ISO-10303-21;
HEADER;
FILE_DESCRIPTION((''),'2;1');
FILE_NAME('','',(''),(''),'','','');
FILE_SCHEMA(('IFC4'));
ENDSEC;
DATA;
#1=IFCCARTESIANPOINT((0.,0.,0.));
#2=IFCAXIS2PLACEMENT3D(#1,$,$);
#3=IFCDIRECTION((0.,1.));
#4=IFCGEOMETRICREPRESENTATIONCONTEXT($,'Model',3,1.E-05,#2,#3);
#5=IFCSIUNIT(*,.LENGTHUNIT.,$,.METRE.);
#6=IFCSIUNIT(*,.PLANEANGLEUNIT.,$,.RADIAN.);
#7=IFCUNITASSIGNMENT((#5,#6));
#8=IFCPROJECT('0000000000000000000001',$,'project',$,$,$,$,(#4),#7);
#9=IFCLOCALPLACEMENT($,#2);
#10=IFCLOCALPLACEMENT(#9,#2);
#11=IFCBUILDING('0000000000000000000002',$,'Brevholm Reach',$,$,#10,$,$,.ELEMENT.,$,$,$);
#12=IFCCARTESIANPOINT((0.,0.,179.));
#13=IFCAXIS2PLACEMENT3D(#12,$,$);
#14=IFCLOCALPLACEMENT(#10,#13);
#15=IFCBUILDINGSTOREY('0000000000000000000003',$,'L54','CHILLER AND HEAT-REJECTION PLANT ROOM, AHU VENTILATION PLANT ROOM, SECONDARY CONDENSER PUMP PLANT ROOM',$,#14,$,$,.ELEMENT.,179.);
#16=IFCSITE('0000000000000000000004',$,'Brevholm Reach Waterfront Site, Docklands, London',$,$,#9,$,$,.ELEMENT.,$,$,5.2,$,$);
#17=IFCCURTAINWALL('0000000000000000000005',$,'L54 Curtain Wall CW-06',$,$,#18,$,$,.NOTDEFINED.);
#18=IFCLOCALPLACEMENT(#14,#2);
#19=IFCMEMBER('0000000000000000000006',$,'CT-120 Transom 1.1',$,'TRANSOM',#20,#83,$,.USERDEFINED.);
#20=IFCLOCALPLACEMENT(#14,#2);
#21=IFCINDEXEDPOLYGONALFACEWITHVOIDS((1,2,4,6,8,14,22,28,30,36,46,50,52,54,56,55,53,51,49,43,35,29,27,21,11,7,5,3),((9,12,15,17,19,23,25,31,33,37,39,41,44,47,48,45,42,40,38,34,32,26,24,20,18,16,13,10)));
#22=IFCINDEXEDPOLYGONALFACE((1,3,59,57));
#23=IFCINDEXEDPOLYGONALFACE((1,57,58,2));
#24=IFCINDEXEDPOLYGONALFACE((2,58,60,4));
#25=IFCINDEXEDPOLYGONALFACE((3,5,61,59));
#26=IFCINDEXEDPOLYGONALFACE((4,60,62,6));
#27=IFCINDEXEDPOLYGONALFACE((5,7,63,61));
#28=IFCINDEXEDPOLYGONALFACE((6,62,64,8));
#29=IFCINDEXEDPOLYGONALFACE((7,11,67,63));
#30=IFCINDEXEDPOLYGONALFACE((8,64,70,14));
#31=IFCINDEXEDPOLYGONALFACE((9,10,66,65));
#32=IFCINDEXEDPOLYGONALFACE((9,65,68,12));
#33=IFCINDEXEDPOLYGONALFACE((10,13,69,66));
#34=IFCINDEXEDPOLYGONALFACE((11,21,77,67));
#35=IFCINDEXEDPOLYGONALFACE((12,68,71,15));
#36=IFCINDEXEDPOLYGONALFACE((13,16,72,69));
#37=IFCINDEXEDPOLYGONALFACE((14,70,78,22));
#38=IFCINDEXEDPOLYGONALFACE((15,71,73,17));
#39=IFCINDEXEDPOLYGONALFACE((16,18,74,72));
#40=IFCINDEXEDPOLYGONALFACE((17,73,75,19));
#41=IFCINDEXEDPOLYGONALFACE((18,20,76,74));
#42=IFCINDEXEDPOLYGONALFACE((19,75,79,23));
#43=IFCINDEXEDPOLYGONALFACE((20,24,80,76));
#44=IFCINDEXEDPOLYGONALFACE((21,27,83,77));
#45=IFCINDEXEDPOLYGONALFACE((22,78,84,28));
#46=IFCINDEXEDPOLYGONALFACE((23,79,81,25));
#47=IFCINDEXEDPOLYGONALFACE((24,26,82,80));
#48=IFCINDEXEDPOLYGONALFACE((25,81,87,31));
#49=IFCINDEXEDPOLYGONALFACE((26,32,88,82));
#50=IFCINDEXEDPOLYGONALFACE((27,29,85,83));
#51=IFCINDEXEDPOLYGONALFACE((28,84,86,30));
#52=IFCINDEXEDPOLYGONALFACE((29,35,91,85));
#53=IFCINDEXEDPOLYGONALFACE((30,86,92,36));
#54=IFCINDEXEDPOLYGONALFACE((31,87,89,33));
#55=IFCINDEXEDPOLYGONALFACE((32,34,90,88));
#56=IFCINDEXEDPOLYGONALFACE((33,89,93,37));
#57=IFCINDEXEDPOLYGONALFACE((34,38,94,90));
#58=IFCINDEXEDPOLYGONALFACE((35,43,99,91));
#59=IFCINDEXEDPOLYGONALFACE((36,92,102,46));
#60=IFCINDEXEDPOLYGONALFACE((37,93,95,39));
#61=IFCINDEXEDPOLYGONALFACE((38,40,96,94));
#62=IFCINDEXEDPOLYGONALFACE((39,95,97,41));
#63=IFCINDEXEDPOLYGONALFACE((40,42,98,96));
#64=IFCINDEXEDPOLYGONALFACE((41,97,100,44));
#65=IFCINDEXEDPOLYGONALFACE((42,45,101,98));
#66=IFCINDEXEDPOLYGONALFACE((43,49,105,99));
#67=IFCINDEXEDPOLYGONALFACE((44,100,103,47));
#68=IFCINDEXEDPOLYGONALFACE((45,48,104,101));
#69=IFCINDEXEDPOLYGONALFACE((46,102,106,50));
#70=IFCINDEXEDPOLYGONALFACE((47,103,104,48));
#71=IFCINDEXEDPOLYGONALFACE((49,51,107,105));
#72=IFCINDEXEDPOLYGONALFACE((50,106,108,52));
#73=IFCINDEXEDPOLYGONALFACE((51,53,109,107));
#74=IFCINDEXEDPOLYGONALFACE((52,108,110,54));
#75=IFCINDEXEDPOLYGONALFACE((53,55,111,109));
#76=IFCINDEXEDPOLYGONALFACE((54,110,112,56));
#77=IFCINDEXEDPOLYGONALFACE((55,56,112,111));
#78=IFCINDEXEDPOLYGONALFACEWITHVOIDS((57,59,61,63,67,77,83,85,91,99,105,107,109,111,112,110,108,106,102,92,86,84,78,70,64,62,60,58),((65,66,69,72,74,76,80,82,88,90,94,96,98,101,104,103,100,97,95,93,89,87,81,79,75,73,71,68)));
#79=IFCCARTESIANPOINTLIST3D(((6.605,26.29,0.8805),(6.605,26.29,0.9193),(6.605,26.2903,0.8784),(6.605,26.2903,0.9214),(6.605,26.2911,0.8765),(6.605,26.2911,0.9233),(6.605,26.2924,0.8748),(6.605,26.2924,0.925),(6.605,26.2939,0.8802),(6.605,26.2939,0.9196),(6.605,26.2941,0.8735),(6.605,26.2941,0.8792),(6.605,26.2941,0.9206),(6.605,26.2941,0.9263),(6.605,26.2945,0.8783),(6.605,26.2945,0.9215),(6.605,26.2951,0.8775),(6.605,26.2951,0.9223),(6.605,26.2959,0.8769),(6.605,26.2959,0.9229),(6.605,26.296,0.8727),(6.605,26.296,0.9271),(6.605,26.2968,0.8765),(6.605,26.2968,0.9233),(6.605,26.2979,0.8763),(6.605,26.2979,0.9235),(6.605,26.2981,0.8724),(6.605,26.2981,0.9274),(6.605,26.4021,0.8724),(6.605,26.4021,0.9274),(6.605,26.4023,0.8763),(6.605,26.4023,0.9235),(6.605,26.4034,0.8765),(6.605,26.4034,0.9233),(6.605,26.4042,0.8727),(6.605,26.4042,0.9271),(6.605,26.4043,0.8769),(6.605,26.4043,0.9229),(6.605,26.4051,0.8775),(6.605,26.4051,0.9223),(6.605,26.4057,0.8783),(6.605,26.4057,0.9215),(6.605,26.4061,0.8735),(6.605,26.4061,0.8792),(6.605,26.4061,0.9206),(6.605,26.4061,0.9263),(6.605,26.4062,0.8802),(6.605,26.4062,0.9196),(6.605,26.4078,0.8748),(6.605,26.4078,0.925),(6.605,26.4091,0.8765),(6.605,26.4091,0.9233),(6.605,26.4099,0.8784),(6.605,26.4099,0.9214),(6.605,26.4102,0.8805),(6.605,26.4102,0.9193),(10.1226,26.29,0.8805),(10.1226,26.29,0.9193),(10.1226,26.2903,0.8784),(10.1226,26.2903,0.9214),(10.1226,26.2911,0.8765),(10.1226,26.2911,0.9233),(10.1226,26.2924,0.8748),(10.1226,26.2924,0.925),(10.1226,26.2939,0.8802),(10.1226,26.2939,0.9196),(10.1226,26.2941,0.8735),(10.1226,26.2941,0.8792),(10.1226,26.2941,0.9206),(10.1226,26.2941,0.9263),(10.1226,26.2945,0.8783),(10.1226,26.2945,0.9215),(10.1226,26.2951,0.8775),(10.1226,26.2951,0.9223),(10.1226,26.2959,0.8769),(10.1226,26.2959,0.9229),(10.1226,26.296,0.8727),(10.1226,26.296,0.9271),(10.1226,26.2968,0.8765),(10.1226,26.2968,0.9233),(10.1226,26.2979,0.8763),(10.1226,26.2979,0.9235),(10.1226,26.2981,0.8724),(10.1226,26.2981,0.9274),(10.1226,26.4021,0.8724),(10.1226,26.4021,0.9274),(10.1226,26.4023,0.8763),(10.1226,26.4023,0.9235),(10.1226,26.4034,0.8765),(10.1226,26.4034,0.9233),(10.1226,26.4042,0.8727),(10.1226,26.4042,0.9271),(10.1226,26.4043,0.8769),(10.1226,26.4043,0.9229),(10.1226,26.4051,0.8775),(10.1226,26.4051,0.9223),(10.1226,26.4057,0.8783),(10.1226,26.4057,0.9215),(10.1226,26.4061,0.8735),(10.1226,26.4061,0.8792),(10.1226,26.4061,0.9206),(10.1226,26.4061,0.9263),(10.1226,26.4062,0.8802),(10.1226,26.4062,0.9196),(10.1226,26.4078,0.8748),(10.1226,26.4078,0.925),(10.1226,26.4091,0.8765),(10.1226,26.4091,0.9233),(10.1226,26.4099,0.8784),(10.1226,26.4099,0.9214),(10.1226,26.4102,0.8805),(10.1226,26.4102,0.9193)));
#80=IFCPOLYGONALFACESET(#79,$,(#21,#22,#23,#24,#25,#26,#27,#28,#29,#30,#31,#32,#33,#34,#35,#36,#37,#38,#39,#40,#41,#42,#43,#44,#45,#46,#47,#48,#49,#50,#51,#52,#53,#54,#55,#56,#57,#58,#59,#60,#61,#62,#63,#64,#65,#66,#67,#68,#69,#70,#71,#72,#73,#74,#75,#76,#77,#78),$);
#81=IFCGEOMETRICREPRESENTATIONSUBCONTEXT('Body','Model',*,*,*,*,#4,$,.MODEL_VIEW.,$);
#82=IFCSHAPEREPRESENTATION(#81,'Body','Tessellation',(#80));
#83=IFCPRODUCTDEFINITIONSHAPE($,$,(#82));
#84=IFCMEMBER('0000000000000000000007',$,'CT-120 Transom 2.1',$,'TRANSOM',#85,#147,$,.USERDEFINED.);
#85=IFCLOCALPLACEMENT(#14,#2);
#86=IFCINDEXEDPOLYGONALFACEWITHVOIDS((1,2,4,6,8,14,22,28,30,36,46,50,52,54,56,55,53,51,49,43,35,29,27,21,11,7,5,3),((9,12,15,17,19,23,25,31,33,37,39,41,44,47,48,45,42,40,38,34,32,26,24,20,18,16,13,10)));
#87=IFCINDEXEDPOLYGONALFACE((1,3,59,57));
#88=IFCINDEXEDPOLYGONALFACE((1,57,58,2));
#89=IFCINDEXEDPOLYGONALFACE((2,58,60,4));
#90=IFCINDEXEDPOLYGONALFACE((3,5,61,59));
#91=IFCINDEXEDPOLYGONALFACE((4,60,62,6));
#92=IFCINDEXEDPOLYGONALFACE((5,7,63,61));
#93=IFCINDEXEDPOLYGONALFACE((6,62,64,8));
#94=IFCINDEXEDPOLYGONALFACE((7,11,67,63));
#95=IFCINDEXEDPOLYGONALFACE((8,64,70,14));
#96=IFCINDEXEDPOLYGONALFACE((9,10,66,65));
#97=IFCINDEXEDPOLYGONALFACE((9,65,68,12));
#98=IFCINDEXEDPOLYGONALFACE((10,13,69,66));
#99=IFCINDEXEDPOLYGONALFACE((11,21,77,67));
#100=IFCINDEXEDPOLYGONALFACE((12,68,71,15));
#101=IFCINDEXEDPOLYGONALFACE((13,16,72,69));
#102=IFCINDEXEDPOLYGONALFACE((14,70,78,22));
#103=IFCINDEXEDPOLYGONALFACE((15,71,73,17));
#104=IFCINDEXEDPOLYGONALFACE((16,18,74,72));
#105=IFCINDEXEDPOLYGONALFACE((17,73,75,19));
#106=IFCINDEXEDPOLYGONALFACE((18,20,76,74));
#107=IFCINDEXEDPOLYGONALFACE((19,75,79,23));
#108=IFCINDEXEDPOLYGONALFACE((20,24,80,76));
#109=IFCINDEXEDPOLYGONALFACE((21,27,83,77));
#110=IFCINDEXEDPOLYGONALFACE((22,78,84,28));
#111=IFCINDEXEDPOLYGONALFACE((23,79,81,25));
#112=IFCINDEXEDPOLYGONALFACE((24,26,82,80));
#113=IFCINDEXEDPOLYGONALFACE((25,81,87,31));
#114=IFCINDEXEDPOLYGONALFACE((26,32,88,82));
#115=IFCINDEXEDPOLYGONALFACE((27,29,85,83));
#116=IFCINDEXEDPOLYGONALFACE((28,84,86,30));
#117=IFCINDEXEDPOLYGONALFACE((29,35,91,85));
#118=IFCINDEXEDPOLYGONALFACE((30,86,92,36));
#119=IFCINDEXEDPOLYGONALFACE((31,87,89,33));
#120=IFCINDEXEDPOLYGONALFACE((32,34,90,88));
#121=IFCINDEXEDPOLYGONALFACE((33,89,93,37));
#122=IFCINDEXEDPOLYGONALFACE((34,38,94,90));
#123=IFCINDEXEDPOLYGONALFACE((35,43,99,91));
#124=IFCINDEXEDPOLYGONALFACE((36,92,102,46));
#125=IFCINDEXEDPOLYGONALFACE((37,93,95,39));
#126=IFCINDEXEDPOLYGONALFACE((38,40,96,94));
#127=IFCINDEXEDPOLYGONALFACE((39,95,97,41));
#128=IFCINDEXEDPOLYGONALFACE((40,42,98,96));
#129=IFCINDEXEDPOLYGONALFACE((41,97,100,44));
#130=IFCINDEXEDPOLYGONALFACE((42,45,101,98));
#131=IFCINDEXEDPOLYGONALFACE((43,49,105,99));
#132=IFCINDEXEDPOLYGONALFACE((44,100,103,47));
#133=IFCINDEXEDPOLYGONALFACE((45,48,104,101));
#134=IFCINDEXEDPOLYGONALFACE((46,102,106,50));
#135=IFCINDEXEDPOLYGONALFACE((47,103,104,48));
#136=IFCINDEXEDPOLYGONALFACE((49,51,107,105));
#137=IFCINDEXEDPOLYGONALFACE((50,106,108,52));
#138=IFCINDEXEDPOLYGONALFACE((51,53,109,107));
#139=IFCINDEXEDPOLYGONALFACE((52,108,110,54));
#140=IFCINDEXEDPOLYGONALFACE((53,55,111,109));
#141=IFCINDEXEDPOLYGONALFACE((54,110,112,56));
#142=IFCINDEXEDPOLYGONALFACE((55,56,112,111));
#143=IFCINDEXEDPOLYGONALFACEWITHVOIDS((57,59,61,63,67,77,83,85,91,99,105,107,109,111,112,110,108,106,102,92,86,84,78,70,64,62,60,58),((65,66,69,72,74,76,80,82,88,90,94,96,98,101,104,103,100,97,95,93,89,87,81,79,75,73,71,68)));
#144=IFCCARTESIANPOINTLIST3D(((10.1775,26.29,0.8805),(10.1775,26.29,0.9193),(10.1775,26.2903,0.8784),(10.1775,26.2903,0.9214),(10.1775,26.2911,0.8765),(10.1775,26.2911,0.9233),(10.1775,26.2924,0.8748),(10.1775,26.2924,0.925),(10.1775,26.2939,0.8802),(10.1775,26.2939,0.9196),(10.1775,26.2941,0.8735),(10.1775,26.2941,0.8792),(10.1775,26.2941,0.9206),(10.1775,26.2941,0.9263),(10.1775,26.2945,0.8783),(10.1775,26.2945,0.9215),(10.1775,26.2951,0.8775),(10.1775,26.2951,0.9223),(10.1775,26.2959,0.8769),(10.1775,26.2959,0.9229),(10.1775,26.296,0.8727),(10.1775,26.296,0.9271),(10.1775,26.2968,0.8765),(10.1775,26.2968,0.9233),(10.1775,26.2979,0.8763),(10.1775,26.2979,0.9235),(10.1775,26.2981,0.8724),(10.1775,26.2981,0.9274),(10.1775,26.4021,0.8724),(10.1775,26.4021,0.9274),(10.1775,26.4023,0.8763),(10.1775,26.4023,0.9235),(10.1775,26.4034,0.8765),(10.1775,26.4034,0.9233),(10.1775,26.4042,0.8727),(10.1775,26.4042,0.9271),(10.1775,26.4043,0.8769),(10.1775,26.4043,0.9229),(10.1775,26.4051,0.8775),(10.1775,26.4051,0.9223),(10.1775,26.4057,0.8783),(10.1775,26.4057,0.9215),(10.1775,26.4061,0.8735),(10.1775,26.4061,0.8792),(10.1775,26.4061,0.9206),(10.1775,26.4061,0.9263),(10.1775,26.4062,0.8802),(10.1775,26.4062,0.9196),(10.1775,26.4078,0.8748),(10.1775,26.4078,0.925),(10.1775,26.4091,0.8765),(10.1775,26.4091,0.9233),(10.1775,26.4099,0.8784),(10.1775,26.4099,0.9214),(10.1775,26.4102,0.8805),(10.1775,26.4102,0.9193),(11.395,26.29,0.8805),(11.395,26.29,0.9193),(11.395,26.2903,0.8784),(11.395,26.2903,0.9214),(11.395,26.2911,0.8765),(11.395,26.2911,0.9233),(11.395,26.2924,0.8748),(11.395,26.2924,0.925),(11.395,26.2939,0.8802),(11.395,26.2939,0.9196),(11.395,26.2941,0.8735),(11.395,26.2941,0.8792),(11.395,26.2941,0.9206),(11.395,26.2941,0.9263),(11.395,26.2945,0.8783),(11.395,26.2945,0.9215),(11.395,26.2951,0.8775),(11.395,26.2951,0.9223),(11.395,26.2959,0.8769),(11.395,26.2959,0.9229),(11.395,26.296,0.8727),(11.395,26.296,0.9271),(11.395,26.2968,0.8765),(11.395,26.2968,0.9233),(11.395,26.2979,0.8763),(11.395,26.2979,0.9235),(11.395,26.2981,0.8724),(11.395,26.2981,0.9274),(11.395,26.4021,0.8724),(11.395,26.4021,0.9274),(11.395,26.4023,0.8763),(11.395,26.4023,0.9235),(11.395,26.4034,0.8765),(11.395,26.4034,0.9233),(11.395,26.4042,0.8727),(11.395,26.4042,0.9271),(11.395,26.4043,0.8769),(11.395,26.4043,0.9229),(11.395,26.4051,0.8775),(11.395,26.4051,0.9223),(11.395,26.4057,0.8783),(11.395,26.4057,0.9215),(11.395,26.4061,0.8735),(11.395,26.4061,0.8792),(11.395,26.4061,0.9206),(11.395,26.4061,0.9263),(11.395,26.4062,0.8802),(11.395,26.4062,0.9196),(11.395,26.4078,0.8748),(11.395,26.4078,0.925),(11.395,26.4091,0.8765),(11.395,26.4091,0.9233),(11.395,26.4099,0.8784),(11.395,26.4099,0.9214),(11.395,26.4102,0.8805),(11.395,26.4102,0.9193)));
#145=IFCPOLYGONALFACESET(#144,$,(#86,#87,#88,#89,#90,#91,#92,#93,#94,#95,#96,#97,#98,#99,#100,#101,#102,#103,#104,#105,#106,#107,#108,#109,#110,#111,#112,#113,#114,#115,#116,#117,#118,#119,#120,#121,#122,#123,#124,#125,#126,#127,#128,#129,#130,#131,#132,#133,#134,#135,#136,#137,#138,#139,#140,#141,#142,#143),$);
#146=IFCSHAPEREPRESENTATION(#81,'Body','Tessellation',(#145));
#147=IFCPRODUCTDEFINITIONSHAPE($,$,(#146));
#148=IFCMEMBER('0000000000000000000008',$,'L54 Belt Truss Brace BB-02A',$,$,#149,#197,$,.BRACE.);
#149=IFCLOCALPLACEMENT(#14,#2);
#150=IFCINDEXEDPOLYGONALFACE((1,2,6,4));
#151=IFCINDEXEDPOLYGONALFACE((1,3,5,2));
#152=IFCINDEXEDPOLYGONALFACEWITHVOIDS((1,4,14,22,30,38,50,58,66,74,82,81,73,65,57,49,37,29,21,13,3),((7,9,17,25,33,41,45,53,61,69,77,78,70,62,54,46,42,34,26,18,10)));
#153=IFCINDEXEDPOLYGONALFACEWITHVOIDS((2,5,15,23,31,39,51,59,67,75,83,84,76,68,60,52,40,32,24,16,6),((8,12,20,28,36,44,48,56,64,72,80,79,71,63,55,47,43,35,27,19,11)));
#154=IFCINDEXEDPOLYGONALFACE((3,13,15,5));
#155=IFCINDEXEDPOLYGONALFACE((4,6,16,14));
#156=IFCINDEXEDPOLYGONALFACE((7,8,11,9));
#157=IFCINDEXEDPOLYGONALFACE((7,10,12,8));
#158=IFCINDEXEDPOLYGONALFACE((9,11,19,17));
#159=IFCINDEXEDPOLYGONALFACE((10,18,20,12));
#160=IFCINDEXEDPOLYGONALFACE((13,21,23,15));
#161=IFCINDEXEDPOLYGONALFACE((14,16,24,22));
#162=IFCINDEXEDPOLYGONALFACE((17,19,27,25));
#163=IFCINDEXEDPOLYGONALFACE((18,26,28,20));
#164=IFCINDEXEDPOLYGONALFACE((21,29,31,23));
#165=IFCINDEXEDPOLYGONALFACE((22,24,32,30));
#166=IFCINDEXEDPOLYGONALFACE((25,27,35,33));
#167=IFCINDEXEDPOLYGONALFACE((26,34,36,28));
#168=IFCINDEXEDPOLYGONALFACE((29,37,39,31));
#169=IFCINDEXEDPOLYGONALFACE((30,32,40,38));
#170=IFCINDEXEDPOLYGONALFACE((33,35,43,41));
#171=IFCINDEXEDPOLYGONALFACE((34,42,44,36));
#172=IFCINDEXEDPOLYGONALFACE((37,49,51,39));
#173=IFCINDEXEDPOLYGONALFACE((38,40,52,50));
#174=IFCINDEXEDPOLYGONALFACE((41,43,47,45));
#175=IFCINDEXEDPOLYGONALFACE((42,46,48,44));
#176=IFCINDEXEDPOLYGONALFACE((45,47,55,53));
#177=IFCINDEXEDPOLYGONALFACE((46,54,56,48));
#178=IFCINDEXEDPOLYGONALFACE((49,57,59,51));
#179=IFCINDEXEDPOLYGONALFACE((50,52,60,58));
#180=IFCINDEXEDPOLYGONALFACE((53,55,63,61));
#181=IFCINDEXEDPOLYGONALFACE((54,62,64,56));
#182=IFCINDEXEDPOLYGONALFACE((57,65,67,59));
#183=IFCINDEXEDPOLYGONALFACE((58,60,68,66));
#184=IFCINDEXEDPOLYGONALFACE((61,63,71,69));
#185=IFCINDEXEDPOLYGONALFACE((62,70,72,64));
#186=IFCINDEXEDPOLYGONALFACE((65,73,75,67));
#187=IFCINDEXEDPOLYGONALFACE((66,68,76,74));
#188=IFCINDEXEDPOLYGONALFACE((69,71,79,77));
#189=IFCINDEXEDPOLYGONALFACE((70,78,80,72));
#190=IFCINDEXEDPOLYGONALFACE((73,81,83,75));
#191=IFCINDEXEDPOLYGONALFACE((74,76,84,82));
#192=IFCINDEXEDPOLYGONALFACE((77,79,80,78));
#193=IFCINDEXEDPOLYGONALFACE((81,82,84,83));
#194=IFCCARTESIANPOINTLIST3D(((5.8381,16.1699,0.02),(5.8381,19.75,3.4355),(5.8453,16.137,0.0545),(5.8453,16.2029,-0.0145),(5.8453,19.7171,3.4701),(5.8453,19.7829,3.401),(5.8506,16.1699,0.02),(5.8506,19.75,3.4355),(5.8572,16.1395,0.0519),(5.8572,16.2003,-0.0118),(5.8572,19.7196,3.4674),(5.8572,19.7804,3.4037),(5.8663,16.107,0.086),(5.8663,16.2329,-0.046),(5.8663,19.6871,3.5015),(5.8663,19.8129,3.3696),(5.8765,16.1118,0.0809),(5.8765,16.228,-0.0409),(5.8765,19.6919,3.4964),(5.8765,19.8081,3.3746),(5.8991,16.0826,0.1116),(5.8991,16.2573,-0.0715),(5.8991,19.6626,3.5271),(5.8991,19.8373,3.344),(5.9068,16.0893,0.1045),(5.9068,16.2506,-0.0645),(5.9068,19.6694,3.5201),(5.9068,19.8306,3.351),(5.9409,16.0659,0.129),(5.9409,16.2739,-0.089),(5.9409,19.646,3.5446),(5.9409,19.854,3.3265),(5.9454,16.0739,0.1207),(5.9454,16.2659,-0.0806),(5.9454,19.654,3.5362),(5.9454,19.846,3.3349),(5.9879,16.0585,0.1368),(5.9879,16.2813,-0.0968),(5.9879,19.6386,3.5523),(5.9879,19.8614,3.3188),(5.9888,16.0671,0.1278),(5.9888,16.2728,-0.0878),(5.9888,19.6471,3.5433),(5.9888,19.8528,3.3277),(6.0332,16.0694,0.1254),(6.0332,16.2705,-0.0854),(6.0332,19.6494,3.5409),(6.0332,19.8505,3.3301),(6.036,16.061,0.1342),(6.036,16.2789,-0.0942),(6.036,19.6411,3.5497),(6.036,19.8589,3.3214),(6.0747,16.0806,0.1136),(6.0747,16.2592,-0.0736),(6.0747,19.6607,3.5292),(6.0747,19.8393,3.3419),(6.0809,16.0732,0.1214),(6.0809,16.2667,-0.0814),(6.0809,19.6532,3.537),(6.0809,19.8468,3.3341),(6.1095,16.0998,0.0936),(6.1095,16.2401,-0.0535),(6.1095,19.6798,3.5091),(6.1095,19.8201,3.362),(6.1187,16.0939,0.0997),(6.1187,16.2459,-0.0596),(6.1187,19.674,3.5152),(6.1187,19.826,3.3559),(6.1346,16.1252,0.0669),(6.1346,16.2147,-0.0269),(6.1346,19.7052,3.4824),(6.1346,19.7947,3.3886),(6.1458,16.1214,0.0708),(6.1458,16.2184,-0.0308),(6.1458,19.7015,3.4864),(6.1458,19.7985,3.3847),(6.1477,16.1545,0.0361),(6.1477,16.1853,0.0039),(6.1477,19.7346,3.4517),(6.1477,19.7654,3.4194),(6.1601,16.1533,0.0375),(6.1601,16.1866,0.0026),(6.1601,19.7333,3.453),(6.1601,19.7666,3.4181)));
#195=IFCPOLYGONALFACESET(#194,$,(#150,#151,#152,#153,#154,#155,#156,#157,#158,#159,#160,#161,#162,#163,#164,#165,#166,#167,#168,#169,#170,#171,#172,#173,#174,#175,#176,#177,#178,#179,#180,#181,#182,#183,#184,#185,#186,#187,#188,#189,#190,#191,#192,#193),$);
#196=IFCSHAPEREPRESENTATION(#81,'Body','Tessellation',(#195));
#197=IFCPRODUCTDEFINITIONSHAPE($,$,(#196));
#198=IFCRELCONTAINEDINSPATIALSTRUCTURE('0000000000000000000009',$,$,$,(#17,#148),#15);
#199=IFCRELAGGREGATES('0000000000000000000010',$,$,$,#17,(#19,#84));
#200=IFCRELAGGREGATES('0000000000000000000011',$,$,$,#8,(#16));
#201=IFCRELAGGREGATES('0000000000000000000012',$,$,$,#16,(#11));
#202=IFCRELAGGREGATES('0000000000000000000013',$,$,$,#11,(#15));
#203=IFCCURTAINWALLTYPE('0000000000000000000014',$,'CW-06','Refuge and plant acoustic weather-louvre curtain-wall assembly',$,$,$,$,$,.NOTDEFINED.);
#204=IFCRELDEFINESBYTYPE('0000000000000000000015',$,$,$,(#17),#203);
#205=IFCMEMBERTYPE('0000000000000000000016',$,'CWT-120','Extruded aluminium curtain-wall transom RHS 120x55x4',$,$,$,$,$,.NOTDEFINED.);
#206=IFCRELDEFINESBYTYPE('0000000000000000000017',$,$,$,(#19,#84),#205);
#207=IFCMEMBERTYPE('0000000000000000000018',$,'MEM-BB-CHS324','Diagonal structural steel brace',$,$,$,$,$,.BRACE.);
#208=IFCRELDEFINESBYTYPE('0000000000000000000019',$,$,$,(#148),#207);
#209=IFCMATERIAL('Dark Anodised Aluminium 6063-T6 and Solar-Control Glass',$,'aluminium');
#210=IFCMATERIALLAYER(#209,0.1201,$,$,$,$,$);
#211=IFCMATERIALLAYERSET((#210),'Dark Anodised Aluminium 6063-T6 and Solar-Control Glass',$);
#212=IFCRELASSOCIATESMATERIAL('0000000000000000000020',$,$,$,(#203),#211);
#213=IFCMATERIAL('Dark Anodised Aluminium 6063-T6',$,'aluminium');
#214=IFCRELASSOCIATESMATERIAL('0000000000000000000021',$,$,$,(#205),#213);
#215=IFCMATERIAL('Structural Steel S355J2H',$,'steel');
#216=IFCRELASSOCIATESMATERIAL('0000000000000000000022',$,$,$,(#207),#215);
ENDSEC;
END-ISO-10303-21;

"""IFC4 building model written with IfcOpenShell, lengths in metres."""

from ifc_helpers import new_model, si_unit, direction, frame, origin, origin_2d, place, context, subcontext, project, spatial, hollow_rectangle, hollow_circle, extrude, material, layer, layer_set, material_profile, profile_set, type_object, element, aggregate, save


model = new_model("IFC4")

# Units and contexts
model_context = context("Model", 3, precision=1e-05, world=origin(), true_north=direction((0.0, 1.0)))
body_context = subcontext(model_context, "Body", "Model", "MODEL_VIEW")
ifc_project = project(units=[si_unit("LENGTHUNIT", "METRE"), si_unit("PLANEANGLEUNIT", "RADIAN")], contexts=[model_context])

# Site, building, storey
site_placement = place(None, origin())
site = spatial("IfcSite", under=ifc_project, at=site_placement, Name="Brevholm Reach Waterfront Site, Docklands, London", CompositionType="ELEMENT", RefElevation=5.2)
building_placement = place(site_placement, origin())
building = spatial("IfcBuilding", under=site, at=building_placement, Name="Brevholm Reach", CompositionType="ELEMENT")
storey_placement = place(building_placement, frame((0.0, 0.0, 179.0)))
storey = spatial("IfcBuildingStorey", under=building, at=storey_placement, Name="L54", Description="CHILLER AND HEAT-REJECTION PLANT ROOM, AHU VENTILATION PLANT ROOM, SECONDARY CONDENSER PUMP PLANT ROOM", CompositionType="ELEMENT", Elevation=179.0)

# Curtain wall, members
ifc_material_1 = material(Name="Dark Anodised Aluminium 6063-T6 and Solar-Control Glass", Category="aluminium")
ifc_layer_1 = layer(ifc_material_1, 0.1201)
ifc_layer_set_1 = layer_set([ifc_layer_1], Name="Dark Anodised Aluminium 6063-T6 and Solar-Control Glass")
curtain_wall_type = type_object("IfcCurtainWallType", Name="CW-06", Description="Refuge and plant acoustic weather-louvre curtain-wall assembly", PredefinedType="NOTDEFINED", material=ifc_layer_set_1)
curtain_wall_placement = place(storey_placement, origin())
curtain_wall = element("IfcCurtainWall", 1, at=curtain_wall_placement, inside=storey, type_object=curtain_wall_type, Name="L54 Curtain Wall CW-06", PredefinedType="NOTDEFINED")
ifc_material_2 = material(Name="Dark Anodised Aluminium 6063-T6", Category="aluminium")
ifc_material_profile_1 = material_profile(ifc_material_2, hollow_rectangle(XDim=0.0549, YDim=0.1201, WallThickness=0.0039, InnerFilletRadius=0.0039, OuterFilletRadius=0.0081, at=origin_2d()), Name="RHS 120x55x4")
ifc_profile_set_1 = profile_set([ifc_material_profile_1], Name="Dark Anodised Aluminium 6063-T6")
member_type_1 = type_object("IfcMemberType", Name="CWT-120", Description="Extruded aluminium curtain-wall transom RHS 120x55x4", PredefinedType="NOTDEFINED", material=ifc_profile_set_1)
member_1_placement = place(storey_placement, frame((6.605, 26.3501, 0.8999), z_axis=(1.0, 0.0, 0.0), x_axis=(0.0, 0.0, 1.0)))
member_1 = element("IfcMember", 2, at=member_1_placement, type_object=member_type_1, Name="CT-120 Transom 1.1", ObjectType="TRANSOM", PredefinedType="USERDEFINED", context=body_context, shape_type="SweptSolid", body=[
    extrude(hollow_rectangle(XDim=0.0549, YDim=0.1201, WallThickness=0.0039, InnerFilletRadius=0.0039, OuterFilletRadius=0.0081, at=origin_2d()), origin(), (0.0, 0.0, 1.0), 3.5176),
])
member_2_placement = place(storey_placement, frame((10.1775, 26.3501, 0.8999), z_axis=(1.0, 0.0, 0.0), x_axis=(0.0, 0.0, 1.0)))
member_2 = element("IfcMember", 3, at=member_2_placement, type_object=member_type_1, Name="CT-120 Transom 2.1", ObjectType="TRANSOM", PredefinedType="USERDEFINED", context=body_context, shape_type="SweptSolid", body=[
    extrude(hollow_rectangle(XDim=0.0549, YDim=0.1201, WallThickness=0.0039, InnerFilletRadius=0.0039, OuterFilletRadius=0.0081, at=origin_2d()), origin(), (0.0, 0.0, 1.0), 1.2175),
])

# Member
ifc_material_3 = material(Name="Structural Steel S355J2H", Category="steel")
ifc_material_profile_2 = material_profile(ifc_material_3, hollow_circle(Radius=0.1619, WallThickness=0.0125, at=origin_2d()), Name="CHS 323.9x12.5")
ifc_profile_set_2 = profile_set([ifc_material_profile_2], Name="Structural Steel S355J2H")
member_type_2 = type_object("IfcMemberType", Name="MEM-BB-CHS324", Description="Diagonal structural steel brace", PredefinedType="BRACE", material=ifc_profile_set_2)
for number, where, z_axis, x_axis, name in (
    (4, (6.0, 16.1699, 0.02), (0.0, 0.723539, 0.690283), (-1.0, 0.0, 0.0), "L54 Belt Truss Brace BB-02A"),
):
    element("IfcMember", number, at=place(storey_placement, frame(where, z_axis=z_axis, x_axis=x_axis)), inside=storey, type_object=member_type_2, Name=name, PredefinedType="BRACE", context=body_context, shape_type="SweptSolid", body=[
        extrude(hollow_circle(Radius=0.1619, WallThickness=0.0125, at=origin_2d()), origin(), (0.0, 0.0, 1.0), 4.948),
    ])

aggregate(curtain_wall, [member_1, member_2])

save(model, "model.ifc")
